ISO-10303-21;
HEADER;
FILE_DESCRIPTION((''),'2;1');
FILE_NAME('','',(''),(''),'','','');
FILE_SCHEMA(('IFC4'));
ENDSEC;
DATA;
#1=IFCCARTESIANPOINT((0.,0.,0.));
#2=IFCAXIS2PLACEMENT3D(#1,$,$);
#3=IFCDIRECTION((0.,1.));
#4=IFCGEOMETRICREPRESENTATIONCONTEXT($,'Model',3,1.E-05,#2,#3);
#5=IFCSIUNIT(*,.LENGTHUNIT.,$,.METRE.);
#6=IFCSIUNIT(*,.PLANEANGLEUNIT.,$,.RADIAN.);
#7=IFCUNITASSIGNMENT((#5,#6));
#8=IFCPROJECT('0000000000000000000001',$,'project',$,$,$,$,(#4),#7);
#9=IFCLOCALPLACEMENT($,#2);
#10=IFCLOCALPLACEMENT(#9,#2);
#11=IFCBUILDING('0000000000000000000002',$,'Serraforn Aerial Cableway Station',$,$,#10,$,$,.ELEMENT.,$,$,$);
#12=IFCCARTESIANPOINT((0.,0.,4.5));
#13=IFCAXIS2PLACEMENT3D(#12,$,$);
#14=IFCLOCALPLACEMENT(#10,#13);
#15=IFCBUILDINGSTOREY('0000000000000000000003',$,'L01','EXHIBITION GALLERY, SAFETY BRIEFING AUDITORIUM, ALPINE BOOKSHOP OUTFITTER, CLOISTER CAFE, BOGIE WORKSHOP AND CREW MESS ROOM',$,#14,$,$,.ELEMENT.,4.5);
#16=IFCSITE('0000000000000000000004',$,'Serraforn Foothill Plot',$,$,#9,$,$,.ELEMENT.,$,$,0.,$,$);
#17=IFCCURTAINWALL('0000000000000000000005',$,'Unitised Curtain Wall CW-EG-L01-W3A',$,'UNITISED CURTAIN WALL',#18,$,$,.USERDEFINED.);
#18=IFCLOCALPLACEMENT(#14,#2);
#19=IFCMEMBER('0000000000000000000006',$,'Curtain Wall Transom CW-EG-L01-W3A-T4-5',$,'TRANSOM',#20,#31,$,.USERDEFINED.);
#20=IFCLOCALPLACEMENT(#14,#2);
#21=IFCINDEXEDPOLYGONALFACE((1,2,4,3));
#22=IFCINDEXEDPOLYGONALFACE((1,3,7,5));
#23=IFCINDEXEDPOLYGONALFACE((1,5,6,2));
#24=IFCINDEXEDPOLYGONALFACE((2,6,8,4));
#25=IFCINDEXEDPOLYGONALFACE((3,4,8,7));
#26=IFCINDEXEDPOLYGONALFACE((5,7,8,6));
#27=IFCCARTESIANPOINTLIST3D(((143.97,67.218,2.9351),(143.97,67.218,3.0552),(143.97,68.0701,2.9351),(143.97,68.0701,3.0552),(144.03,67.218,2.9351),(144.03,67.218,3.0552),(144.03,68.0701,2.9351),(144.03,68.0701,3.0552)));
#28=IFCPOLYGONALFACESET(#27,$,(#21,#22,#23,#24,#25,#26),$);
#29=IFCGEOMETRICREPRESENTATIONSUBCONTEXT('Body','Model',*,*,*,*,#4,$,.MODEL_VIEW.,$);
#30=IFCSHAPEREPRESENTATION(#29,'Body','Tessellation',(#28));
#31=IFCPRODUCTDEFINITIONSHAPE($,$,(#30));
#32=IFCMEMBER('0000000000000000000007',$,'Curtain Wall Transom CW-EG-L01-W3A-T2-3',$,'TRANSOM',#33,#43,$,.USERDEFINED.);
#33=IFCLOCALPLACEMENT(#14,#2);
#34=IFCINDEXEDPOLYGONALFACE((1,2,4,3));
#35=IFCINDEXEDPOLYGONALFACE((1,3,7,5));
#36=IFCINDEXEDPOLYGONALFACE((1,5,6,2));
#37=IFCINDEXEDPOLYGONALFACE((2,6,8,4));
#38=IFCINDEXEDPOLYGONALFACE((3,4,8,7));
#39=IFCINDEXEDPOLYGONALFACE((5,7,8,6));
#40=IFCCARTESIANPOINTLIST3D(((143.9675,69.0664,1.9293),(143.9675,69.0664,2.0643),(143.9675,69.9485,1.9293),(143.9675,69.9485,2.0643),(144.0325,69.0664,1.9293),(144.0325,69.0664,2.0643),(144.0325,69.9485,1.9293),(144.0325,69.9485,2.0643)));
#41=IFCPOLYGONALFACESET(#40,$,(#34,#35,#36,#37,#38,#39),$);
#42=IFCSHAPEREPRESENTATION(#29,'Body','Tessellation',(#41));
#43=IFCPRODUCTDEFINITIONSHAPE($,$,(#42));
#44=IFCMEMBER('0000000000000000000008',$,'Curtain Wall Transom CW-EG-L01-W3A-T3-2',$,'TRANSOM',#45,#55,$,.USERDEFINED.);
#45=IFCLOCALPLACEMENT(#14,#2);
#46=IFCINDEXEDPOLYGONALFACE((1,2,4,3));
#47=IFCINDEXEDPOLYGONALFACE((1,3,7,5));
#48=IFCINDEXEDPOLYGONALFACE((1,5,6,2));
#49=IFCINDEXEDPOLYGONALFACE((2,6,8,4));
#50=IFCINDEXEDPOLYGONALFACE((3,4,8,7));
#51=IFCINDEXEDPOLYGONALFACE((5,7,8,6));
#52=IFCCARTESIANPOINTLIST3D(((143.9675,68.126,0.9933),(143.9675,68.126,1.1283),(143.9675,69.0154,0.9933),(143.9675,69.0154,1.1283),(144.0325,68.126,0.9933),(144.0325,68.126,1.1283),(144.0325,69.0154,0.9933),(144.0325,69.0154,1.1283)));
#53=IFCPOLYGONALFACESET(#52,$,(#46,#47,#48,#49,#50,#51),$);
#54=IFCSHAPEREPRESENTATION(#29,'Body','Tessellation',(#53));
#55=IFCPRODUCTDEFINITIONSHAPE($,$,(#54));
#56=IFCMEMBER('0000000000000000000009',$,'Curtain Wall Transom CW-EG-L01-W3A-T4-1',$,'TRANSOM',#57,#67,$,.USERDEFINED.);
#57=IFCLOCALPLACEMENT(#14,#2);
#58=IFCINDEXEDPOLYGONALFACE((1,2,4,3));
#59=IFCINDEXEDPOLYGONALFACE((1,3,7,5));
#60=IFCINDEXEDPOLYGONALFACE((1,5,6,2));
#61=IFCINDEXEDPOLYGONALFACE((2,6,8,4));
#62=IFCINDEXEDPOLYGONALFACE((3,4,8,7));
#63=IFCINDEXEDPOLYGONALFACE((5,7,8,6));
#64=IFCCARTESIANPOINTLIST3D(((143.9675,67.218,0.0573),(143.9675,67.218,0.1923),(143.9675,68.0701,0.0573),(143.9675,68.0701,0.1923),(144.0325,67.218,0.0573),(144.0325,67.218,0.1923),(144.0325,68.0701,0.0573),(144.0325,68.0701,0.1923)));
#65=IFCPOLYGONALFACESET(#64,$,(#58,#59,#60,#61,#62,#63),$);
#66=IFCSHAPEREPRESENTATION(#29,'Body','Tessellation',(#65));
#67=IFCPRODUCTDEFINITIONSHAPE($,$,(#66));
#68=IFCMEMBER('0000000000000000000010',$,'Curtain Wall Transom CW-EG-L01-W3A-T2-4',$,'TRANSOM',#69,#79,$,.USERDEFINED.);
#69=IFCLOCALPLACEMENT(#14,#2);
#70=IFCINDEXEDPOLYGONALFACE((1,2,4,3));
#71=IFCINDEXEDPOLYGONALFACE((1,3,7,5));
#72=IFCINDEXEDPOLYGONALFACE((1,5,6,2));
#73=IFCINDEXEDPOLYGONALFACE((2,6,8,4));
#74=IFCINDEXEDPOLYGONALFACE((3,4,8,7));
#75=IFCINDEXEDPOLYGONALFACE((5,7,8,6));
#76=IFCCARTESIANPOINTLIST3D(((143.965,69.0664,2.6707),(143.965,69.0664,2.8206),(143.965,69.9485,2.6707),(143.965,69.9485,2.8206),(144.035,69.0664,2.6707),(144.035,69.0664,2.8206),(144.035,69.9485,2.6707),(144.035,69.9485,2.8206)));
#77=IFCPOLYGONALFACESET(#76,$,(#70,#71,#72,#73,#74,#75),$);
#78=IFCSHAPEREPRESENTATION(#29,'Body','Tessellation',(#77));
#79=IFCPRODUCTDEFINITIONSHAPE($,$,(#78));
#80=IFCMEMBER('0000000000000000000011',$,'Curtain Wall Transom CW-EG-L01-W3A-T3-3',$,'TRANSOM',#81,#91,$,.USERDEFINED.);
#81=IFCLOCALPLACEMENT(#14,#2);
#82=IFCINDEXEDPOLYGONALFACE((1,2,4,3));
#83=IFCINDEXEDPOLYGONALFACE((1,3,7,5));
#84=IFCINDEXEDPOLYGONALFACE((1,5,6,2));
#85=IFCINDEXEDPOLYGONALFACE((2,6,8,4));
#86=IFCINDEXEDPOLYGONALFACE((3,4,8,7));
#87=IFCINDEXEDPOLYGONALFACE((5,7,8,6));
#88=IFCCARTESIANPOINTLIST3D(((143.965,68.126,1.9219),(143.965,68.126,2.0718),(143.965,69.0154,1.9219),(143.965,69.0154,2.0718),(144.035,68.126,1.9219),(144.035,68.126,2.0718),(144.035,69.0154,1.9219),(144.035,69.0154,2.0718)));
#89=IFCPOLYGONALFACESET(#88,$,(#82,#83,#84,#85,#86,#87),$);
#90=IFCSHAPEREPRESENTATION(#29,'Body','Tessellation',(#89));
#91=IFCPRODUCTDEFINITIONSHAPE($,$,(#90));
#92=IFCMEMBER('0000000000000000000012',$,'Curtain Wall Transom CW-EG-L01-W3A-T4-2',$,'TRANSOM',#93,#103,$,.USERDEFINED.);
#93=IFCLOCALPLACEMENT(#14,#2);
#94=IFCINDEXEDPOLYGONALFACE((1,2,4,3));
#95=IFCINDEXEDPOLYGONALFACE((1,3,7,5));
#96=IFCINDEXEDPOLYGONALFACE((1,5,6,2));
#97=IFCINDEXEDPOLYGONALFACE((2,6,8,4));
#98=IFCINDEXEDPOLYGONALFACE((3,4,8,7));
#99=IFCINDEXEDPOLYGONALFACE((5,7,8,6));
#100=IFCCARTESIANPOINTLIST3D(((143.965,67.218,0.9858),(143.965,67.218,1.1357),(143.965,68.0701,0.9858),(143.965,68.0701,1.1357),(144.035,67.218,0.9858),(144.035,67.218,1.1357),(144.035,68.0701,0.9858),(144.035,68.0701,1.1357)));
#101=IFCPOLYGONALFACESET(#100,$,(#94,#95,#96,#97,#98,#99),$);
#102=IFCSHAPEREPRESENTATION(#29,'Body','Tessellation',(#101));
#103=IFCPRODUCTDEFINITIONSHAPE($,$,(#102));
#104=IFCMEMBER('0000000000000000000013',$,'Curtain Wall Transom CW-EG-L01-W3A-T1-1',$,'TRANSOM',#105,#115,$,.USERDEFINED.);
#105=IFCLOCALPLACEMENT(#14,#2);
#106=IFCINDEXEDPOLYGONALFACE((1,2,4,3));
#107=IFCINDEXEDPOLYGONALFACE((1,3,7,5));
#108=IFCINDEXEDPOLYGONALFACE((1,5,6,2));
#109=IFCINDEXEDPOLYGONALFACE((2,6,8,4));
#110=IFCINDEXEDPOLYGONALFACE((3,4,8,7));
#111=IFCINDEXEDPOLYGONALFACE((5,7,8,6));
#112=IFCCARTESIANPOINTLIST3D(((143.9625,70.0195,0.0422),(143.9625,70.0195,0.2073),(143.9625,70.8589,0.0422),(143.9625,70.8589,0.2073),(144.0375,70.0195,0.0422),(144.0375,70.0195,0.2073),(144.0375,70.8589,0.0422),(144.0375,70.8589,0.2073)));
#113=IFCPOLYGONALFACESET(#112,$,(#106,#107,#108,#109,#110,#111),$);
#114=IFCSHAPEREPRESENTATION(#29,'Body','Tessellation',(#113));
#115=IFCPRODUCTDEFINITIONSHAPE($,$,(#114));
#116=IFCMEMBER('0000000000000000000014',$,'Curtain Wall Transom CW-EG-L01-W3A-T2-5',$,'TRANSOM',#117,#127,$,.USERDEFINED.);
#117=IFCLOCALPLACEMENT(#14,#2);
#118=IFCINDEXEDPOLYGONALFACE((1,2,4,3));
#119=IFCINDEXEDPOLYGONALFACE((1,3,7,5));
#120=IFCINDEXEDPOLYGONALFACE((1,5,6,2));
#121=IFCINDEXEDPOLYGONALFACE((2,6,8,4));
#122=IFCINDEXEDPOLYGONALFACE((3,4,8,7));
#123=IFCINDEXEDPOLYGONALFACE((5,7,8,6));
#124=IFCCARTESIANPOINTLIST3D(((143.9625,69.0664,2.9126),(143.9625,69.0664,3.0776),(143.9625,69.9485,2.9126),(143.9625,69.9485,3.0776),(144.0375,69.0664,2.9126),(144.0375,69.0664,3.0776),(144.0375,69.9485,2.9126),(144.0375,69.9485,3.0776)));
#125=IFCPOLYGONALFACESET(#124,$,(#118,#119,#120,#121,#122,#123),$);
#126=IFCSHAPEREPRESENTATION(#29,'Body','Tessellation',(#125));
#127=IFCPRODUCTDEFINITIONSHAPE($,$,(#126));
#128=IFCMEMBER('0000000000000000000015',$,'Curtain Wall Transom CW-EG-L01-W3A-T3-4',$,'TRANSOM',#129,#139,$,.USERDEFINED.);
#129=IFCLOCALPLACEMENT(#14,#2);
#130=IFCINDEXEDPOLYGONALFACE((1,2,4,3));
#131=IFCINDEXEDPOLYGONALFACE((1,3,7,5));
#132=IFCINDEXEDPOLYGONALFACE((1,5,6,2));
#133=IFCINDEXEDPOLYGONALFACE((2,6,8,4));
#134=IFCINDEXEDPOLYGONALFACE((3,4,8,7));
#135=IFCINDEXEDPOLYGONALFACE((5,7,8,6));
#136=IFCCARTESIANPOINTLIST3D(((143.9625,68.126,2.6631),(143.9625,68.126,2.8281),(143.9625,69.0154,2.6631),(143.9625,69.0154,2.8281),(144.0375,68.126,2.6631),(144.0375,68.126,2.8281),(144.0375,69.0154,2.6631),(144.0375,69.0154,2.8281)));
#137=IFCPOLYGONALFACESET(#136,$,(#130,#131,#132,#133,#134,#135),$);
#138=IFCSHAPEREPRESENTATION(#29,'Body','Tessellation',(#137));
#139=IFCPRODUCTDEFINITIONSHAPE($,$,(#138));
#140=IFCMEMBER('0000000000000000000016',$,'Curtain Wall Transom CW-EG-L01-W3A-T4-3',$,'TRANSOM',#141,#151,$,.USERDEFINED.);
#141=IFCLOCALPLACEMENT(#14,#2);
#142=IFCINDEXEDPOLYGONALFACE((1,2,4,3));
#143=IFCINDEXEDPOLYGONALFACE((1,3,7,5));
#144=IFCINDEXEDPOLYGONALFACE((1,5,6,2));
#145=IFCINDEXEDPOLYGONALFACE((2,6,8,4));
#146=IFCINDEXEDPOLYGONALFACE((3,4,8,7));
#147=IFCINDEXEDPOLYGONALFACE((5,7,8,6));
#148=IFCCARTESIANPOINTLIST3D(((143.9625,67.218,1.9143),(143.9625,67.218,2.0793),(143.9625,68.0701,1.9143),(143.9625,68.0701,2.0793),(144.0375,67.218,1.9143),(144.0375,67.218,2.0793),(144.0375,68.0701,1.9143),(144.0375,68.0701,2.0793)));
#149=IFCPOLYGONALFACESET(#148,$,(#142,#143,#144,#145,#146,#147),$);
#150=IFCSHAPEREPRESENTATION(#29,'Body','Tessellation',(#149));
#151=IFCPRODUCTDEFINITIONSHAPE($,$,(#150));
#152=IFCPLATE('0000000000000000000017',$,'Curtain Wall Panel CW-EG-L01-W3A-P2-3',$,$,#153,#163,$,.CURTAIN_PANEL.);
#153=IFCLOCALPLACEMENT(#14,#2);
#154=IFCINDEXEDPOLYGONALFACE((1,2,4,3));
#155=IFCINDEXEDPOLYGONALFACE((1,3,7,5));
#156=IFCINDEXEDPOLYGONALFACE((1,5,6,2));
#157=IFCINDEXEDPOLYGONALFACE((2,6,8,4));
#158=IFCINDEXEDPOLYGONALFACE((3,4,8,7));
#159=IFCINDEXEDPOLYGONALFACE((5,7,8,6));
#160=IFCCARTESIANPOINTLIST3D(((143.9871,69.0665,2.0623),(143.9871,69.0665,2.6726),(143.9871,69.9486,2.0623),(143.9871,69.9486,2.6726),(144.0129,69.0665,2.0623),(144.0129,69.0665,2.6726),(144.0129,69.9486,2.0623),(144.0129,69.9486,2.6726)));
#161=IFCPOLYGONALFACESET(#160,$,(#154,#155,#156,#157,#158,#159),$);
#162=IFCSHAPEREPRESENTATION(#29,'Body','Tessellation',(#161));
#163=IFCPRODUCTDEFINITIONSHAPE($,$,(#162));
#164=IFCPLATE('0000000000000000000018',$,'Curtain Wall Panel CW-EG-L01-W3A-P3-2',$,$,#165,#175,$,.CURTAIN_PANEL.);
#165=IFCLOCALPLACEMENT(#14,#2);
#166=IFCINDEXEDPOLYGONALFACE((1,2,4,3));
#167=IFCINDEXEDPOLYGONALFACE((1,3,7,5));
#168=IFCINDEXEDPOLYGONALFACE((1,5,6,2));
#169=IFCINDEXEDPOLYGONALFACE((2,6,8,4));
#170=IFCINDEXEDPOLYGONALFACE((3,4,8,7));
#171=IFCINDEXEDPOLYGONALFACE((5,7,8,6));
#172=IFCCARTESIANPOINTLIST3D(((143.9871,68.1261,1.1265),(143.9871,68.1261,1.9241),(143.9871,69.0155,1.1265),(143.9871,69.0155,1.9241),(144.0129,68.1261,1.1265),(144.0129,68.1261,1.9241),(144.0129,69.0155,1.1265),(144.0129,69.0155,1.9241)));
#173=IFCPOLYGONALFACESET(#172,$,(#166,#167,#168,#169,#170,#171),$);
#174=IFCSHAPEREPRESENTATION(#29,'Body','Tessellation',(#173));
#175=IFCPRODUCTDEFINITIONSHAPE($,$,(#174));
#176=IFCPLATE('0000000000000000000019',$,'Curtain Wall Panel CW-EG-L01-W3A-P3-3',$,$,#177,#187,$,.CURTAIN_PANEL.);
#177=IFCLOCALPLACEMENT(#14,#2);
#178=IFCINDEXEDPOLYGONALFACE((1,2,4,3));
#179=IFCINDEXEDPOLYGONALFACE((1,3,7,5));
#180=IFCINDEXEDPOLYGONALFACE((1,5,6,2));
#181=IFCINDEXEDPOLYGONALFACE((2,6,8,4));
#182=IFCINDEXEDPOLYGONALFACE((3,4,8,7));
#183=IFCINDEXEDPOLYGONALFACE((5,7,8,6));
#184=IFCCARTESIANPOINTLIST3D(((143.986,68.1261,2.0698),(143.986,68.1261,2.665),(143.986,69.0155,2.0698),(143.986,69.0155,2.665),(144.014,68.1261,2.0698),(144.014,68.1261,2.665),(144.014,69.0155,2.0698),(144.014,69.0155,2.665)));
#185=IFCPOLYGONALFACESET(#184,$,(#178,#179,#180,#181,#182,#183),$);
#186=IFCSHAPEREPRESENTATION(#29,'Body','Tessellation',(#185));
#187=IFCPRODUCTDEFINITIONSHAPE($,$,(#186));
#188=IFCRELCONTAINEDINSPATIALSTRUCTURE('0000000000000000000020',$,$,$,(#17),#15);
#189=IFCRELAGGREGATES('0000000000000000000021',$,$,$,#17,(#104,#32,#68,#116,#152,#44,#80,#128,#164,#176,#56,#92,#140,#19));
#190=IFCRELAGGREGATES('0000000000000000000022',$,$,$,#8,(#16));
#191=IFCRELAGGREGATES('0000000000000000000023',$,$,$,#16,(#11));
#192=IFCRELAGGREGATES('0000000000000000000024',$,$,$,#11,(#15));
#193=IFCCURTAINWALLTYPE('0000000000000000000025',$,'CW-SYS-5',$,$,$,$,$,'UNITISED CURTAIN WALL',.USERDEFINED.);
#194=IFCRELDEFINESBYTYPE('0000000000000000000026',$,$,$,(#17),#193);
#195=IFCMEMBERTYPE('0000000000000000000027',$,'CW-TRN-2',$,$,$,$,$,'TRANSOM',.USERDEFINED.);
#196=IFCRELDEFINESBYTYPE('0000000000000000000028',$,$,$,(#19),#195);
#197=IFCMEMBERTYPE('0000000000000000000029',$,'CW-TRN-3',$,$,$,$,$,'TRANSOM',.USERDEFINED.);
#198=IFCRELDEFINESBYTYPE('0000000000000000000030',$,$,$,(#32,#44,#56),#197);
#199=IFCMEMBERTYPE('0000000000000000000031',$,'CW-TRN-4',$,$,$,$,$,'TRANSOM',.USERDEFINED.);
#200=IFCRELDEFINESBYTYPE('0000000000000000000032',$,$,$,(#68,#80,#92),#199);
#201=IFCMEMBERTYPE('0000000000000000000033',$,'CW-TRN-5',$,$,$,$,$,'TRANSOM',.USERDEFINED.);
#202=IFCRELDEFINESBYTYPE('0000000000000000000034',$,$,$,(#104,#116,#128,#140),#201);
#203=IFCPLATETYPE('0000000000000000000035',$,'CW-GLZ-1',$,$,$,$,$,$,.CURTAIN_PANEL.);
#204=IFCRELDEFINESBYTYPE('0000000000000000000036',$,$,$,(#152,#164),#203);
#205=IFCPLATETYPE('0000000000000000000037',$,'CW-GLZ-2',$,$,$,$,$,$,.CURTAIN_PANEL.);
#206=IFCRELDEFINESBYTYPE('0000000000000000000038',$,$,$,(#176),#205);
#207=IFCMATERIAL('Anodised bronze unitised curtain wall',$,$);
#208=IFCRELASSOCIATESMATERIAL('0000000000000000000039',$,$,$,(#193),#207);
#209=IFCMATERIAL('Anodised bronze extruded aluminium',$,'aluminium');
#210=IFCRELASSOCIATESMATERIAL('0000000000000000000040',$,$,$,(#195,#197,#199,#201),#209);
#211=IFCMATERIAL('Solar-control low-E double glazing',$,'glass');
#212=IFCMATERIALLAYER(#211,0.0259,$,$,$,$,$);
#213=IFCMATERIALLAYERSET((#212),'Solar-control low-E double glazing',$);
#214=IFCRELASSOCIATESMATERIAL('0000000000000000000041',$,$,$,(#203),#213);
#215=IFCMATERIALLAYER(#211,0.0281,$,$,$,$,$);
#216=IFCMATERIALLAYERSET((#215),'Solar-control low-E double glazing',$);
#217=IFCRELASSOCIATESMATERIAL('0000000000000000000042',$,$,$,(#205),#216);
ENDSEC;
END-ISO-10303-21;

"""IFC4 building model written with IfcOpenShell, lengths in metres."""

from ifc_helpers import new_model, si_unit, direction, frame, origin, origin_2d, place, context, subcontext, project, spatial, rectangle, extrude, material, layer, layer_set, material_profile, profile_set, type_object, element, aggregate, save


model = new_model("IFC4")

# Units and contexts
model_context = context("Model", 3, precision=1e-05, world=origin(), true_north=direction((0.0, 1.0)))
body_context = subcontext(model_context, "Body", "Model", "MODEL_VIEW")
ifc_project = project(units=[si_unit("LENGTHUNIT", "METRE"), si_unit("PLANEANGLEUNIT", "RADIAN")], contexts=[model_context])

# Site, building, storey
site_placement = place(None, origin())
site = spatial("IfcSite", under=ifc_project, at=site_placement, Name="Serraforn Foothill Plot", CompositionType="ELEMENT", RefElevation=0.0)
building_placement = place(site_placement, origin())
building = spatial("IfcBuilding", under=site, at=building_placement, Name="Serraforn Aerial Cableway Station", CompositionType="ELEMENT")
storey_placement = place(building_placement, frame((0.0, 0.0, 4.5)))
storey = spatial("IfcBuildingStorey", under=building, at=storey_placement, Name="L01", Description="EXHIBITION GALLERY, SAFETY BRIEFING AUDITORIUM, ALPINE BOOKSHOP OUTFITTER, CLOISTER CAFE, BOGIE WORKSHOP AND CREW MESS ROOM", CompositionType="ELEMENT", Elevation=4.5)

# Curtain wall, members, plates
ifc_material_1 = material(Name="Anodised bronze unitised curtain wall")
curtain_wall_type = type_object("IfcCurtainWallType", Name="CW-SYS-5", ElementType="UNITISED CURTAIN WALL", PredefinedType="USERDEFINED", material=ifc_material_1)
curtain_wall_placement = place(storey_placement, origin())
curtain_wall = element("IfcCurtainWall", 1, at=curtain_wall_placement, inside=storey, type_object=curtain_wall_type, Name="Unitised Curtain Wall CW-EG-L01-W3A", ObjectType="UNITISED CURTAIN WALL", PredefinedType="USERDEFINED")
ifc_material_2 = material(Name="Anodised bronze extruded aluminium", Category="aluminium")
ifc_material_profile_1 = material_profile(ifc_material_2, rectangle(XDim=0.0601, YDim=0.1201, at=origin_2d()), Name="CW TRANSOM 60x120")
ifc_profile_set_1 = profile_set([ifc_material_profile_1], Name="Anodised bronze extruded aluminium")
member_type_1 = type_object("IfcMemberType", Name="CW-TRN-2", ElementType="TRANSOM", PredefinedType="USERDEFINED", material=ifc_profile_set_1)
member_1_placement = place(storey_placement, frame((144.0, 68.0701, 2.9951), z_axis=(0.0, -1.0, 0.0), x_axis=(1.0, 0.0, 0.0)))
member_1 = element("IfcMember", 2, at=member_1_placement, type_object=member_type_1, Name="Curtain Wall Transom CW-EG-L01-W3A-T4-5", ObjectType="TRANSOM", PredefinedType="USERDEFINED", context=body_context, shape_type="SweptSolid", body=[
    extrude(rectangle(XDim=0.0601, YDim=0.1201, at=origin_2d()), origin(), (0.0, 0.0, 1.0), 0.8521),
])
ifc_material_profile_2 = material_profile(ifc_material_2, rectangle(XDim=0.0649, YDim=0.135, at=origin_2d()), Name="CW TRANSOM 65x135")
ifc_profile_set_2 = profile_set([ifc_material_profile_2], Name="Anodised bronze extruded aluminium")
member_type_2 = type_object("IfcMemberType", Name="CW-TRN-3", ElementType="TRANSOM", PredefinedType="USERDEFINED", material=ifc_profile_set_2)
member_2_placement = place(storey_placement, frame((144.0, 69.9485, 1.9968), z_axis=(0.0, -1.0, 0.0), x_axis=(1.0, 0.0, 0.0)))
member_2 = element("IfcMember", 3, at=member_2_placement, type_object=member_type_2, Name="Curtain Wall Transom CW-EG-L01-W3A-T2-3", ObjectType="TRANSOM", PredefinedType="USERDEFINED", context=body_context, shape_type="SweptSolid", body=[
    extrude(rectangle(XDim=0.0649, YDim=0.135, at=origin_2d()), origin(), (0.0, 0.0, 1.0), 0.8821),
])
member_3_placement = place(storey_placement, frame((144.0, 69.0154, 1.0608), z_axis=(0.0, -1.0, 0.0), x_axis=(1.0, 0.0, 0.0)))
member_3 = element("IfcMember", 4, at=member_3_placement, type_object=member_type_2, Name="Curtain Wall Transom CW-EG-L01-W3A-T3-2", ObjectType="TRANSOM", PredefinedType="USERDEFINED", context=body_context, shape_type="SweptSolid", body=[
    extrude(rectangle(XDim=0.0649, YDim=0.135, at=origin_2d()), origin(), (0.0, 0.0, 1.0), 0.8894),
])
member_4_placement = place(storey_placement, frame((144.0, 68.0701, 0.1248), z_axis=(0.0, -1.0, 0.0), x_axis=(1.0, 0.0, 0.0)))
member_4 = element("IfcMember", 5, at=member_4_placement, type_object=member_type_2, Name="Curtain Wall Transom CW-EG-L01-W3A-T4-1", ObjectType="TRANSOM", PredefinedType="USERDEFINED", context=body_context, shape_type="SweptSolid", body=[
    extrude(rectangle(XDim=0.0649, YDim=0.135, at=origin_2d()), origin(), (0.0, 0.0, 1.0), 0.8521),
])
ifc_material_profile_3 = material_profile(ifc_material_2, rectangle(XDim=0.0701, YDim=0.1499, at=origin_2d()), Name="CW TRANSOM 70x150")
ifc_profile_set_3 = profile_set([ifc_material_profile_3], Name="Anodised bronze extruded aluminium")
member_type_3 = type_object("IfcMemberType", Name="CW-TRN-4", ElementType="TRANSOM", PredefinedType="USERDEFINED", material=ifc_profile_set_3)
member_5_placement = place(storey_placement, frame((144.0, 69.9485, 2.7456), z_axis=(0.0, -1.0, 0.0), x_axis=(1.0, 0.0, 0.0)))
member_5 = element("IfcMember", 6, at=member_5_placement, type_object=member_type_3, Name="Curtain Wall Transom CW-EG-L01-W3A-T2-4", ObjectType="TRANSOM", PredefinedType="USERDEFINED", context=body_context, shape_type="SweptSolid", body=[
    extrude(rectangle(XDim=0.0701, YDim=0.1499, at=origin_2d()), origin(), (0.0, 0.0, 1.0), 0.8821),
])
member_6_placement = place(storey_placement, frame((144.0, 69.0154, 1.9968), z_axis=(0.0, -1.0, 0.0), x_axis=(1.0, 0.0, 0.0)))
member_6 = element("IfcMember", 7, at=member_6_placement, type_object=member_type_3, Name="Curtain Wall Transom CW-EG-L01-W3A-T3-3", ObjectType="TRANSOM", PredefinedType="USERDEFINED", context=body_context, shape_type="SweptSolid", body=[
    extrude(rectangle(XDim=0.0701, YDim=0.1499, at=origin_2d()), origin(), (0.0, 0.0, 1.0), 0.8894),
])
member_7_placement = place(storey_placement, frame((144.0, 68.0701, 1.0608), z_axis=(0.0, -1.0, 0.0), x_axis=(1.0, 0.0, 0.0)))
member_7 = element("IfcMember", 8, at=member_7_placement, type_object=member_type_3, Name="Curtain Wall Transom CW-EG-L01-W3A-T4-2", ObjectType="TRANSOM", PredefinedType="USERDEFINED", context=body_context, shape_type="SweptSolid", body=[
    extrude(rectangle(XDim=0.0701, YDim=0.1499, at=origin_2d()), origin(), (0.0, 0.0, 1.0), 0.8521),
])
ifc_material_profile_4 = material_profile(ifc_material_2, rectangle(XDim=0.075, YDim=0.165, at=origin_2d()), Name="CW TRANSOM 75x165")
ifc_profile_set_4 = profile_set([ifc_material_profile_4], Name="Anodised bronze extruded aluminium")
member_type_4 = type_object("IfcMemberType", Name="CW-TRN-5", ElementType="TRANSOM", PredefinedType="USERDEFINED", material=ifc_profile_set_4)
member_8_placement = place(storey_placement, frame((144.0, 70.8589, 0.1248), z_axis=(0.0, -1.0, 0.0), x_axis=(1.0, 0.0, 0.0)))
member_8 = element("IfcMember", 9, at=member_8_placement, type_object=member_type_4, Name="Curtain Wall Transom CW-EG-L01-W3A-T1-1", ObjectType="TRANSOM", PredefinedType="USERDEFINED", context=body_context, shape_type="SweptSolid", body=[
    extrude(rectangle(XDim=0.075, YDim=0.165, at=origin_2d()), origin(), (0.0, 0.0, 1.0), 0.8394),
])
member_9_placement = place(storey_placement, frame((144.0, 69.9485, 2.9951), z_axis=(0.0, -1.0, 0.0), x_axis=(1.0, 0.0, 0.0)))
member_9 = element("IfcMember", 10, at=member_9_placement, type_object=member_type_4, Name="Curtain Wall Transom CW-EG-L01-W3A-T2-5", ObjectType="TRANSOM", PredefinedType="USERDEFINED", context=body_context, shape_type="SweptSolid", body=[
    extrude(rectangle(XDim=0.075, YDim=0.165, at=origin_2d()), origin(), (0.0, 0.0, 1.0), 0.8821),
])
member_10_placement = place(storey_placement, frame((144.0, 69.0154, 2.7456), z_axis=(0.0, -1.0, 0.0), x_axis=(1.0, 0.0, 0.0)))
member_10 = element("IfcMember", 11, at=member_10_placement, type_object=member_type_4, Name="Curtain Wall Transom CW-EG-L01-W3A-T3-4", ObjectType="TRANSOM", PredefinedType="USERDEFINED", context=body_context, shape_type="SweptSolid", body=[
    extrude(rectangle(XDim=0.075, YDim=0.165, at=origin_2d()), origin(), (0.0, 0.0, 1.0), 0.8894),
])
member_11_placement = place(storey_placement, frame((144.0, 68.0701, 1.9968), z_axis=(0.0, -1.0, 0.0), x_axis=(1.0, 0.0, 0.0)))
member_11 = element("IfcMember", 12, at=member_11_placement, type_object=member_type_4, Name="Curtain Wall Transom CW-EG-L01-W3A-T4-3", ObjectType="TRANSOM", PredefinedType="USERDEFINED", context=body_context, shape_type="SweptSolid", body=[
    extrude(rectangle(XDim=0.075, YDim=0.165, at=origin_2d()), origin(), (0.0, 0.0, 1.0), 0.8521),
])
ifc_material_3 = material(Name="Solar-control low-E double glazing", Category="glass")
ifc_layer_1 = layer(ifc_material_3, 0.0259)
ifc_layer_set_1 = layer_set([ifc_layer_1], Name="Solar-control low-E double glazing")
plate_type_1 = type_object("IfcPlateType", Name="CW-GLZ-1", PredefinedType="CURTAIN_PANEL", material=ifc_layer_set_1)
plate_1_placement = place(storey_placement, frame((144.0, 69.5076, 2.0623), z_axis=(0.0, 0.0, 1.0), x_axis=(1.0, 0.0, 0.0)))
plate_1 = element("IfcPlate", 13, at=plate_1_placement, type_object=plate_type_1, Name="Curtain Wall Panel CW-EG-L01-W3A-P2-3", PredefinedType="CURTAIN_PANEL", context=body_context, shape_type="SweptSolid", body=[
    extrude(rectangle(XDim=0.0259, YDim=0.8821, at=origin_2d()), origin(), (0.0, 0.0, 1.0), 0.6104),
])
plate_2_placement = place(storey_placement, frame((144.0, 68.5708, 1.1265), z_axis=(0.0, 0.0, 1.0), x_axis=(1.0, 0.0, 0.0)))
plate_2 = element("IfcPlate", 14, at=plate_2_placement, type_object=plate_type_1, Name="Curtain Wall Panel CW-EG-L01-W3A-P3-2", PredefinedType="CURTAIN_PANEL", context=body_context, shape_type="SweptSolid", body=[
    extrude(rectangle(XDim=0.0259, YDim=0.8894, at=origin_2d()), origin(), (0.0, 0.0, 1.0), 0.7976),
])
ifc_layer_2 = layer(ifc_material_3, 0.0281)
ifc_layer_set_2 = layer_set([ifc_layer_2], Name="Solar-control low-E double glazing")
plate_type_2 = type_object("IfcPlateType", Name="CW-GLZ-2", PredefinedType="CURTAIN_PANEL", material=ifc_layer_set_2)
plate_3_placement = place(storey_placement, frame((144.0, 68.5708, 2.0698), z_axis=(0.0, 0.0, 1.0), x_axis=(1.0, 0.0, 0.0)))
plate_3 = element("IfcPlate", 15, at=plate_3_placement, type_object=plate_type_2, Name="Curtain Wall Panel CW-EG-L01-W3A-P3-3", PredefinedType="CURTAIN_PANEL", context=body_context, shape_type="SweptSolid", body=[
    extrude(rectangle(XDim=0.0281, YDim=0.8894, at=origin_2d()), origin(), (0.0, 0.0, 1.0), 0.5952),
])
aggregate(curtain_wall, [member_8, member_2, member_5, member_9, plate_1, member_3, member_6, member_10, plate_2, plate_3, member_4, member_7, member_11, member_1])

save(model, "model.ifc")
